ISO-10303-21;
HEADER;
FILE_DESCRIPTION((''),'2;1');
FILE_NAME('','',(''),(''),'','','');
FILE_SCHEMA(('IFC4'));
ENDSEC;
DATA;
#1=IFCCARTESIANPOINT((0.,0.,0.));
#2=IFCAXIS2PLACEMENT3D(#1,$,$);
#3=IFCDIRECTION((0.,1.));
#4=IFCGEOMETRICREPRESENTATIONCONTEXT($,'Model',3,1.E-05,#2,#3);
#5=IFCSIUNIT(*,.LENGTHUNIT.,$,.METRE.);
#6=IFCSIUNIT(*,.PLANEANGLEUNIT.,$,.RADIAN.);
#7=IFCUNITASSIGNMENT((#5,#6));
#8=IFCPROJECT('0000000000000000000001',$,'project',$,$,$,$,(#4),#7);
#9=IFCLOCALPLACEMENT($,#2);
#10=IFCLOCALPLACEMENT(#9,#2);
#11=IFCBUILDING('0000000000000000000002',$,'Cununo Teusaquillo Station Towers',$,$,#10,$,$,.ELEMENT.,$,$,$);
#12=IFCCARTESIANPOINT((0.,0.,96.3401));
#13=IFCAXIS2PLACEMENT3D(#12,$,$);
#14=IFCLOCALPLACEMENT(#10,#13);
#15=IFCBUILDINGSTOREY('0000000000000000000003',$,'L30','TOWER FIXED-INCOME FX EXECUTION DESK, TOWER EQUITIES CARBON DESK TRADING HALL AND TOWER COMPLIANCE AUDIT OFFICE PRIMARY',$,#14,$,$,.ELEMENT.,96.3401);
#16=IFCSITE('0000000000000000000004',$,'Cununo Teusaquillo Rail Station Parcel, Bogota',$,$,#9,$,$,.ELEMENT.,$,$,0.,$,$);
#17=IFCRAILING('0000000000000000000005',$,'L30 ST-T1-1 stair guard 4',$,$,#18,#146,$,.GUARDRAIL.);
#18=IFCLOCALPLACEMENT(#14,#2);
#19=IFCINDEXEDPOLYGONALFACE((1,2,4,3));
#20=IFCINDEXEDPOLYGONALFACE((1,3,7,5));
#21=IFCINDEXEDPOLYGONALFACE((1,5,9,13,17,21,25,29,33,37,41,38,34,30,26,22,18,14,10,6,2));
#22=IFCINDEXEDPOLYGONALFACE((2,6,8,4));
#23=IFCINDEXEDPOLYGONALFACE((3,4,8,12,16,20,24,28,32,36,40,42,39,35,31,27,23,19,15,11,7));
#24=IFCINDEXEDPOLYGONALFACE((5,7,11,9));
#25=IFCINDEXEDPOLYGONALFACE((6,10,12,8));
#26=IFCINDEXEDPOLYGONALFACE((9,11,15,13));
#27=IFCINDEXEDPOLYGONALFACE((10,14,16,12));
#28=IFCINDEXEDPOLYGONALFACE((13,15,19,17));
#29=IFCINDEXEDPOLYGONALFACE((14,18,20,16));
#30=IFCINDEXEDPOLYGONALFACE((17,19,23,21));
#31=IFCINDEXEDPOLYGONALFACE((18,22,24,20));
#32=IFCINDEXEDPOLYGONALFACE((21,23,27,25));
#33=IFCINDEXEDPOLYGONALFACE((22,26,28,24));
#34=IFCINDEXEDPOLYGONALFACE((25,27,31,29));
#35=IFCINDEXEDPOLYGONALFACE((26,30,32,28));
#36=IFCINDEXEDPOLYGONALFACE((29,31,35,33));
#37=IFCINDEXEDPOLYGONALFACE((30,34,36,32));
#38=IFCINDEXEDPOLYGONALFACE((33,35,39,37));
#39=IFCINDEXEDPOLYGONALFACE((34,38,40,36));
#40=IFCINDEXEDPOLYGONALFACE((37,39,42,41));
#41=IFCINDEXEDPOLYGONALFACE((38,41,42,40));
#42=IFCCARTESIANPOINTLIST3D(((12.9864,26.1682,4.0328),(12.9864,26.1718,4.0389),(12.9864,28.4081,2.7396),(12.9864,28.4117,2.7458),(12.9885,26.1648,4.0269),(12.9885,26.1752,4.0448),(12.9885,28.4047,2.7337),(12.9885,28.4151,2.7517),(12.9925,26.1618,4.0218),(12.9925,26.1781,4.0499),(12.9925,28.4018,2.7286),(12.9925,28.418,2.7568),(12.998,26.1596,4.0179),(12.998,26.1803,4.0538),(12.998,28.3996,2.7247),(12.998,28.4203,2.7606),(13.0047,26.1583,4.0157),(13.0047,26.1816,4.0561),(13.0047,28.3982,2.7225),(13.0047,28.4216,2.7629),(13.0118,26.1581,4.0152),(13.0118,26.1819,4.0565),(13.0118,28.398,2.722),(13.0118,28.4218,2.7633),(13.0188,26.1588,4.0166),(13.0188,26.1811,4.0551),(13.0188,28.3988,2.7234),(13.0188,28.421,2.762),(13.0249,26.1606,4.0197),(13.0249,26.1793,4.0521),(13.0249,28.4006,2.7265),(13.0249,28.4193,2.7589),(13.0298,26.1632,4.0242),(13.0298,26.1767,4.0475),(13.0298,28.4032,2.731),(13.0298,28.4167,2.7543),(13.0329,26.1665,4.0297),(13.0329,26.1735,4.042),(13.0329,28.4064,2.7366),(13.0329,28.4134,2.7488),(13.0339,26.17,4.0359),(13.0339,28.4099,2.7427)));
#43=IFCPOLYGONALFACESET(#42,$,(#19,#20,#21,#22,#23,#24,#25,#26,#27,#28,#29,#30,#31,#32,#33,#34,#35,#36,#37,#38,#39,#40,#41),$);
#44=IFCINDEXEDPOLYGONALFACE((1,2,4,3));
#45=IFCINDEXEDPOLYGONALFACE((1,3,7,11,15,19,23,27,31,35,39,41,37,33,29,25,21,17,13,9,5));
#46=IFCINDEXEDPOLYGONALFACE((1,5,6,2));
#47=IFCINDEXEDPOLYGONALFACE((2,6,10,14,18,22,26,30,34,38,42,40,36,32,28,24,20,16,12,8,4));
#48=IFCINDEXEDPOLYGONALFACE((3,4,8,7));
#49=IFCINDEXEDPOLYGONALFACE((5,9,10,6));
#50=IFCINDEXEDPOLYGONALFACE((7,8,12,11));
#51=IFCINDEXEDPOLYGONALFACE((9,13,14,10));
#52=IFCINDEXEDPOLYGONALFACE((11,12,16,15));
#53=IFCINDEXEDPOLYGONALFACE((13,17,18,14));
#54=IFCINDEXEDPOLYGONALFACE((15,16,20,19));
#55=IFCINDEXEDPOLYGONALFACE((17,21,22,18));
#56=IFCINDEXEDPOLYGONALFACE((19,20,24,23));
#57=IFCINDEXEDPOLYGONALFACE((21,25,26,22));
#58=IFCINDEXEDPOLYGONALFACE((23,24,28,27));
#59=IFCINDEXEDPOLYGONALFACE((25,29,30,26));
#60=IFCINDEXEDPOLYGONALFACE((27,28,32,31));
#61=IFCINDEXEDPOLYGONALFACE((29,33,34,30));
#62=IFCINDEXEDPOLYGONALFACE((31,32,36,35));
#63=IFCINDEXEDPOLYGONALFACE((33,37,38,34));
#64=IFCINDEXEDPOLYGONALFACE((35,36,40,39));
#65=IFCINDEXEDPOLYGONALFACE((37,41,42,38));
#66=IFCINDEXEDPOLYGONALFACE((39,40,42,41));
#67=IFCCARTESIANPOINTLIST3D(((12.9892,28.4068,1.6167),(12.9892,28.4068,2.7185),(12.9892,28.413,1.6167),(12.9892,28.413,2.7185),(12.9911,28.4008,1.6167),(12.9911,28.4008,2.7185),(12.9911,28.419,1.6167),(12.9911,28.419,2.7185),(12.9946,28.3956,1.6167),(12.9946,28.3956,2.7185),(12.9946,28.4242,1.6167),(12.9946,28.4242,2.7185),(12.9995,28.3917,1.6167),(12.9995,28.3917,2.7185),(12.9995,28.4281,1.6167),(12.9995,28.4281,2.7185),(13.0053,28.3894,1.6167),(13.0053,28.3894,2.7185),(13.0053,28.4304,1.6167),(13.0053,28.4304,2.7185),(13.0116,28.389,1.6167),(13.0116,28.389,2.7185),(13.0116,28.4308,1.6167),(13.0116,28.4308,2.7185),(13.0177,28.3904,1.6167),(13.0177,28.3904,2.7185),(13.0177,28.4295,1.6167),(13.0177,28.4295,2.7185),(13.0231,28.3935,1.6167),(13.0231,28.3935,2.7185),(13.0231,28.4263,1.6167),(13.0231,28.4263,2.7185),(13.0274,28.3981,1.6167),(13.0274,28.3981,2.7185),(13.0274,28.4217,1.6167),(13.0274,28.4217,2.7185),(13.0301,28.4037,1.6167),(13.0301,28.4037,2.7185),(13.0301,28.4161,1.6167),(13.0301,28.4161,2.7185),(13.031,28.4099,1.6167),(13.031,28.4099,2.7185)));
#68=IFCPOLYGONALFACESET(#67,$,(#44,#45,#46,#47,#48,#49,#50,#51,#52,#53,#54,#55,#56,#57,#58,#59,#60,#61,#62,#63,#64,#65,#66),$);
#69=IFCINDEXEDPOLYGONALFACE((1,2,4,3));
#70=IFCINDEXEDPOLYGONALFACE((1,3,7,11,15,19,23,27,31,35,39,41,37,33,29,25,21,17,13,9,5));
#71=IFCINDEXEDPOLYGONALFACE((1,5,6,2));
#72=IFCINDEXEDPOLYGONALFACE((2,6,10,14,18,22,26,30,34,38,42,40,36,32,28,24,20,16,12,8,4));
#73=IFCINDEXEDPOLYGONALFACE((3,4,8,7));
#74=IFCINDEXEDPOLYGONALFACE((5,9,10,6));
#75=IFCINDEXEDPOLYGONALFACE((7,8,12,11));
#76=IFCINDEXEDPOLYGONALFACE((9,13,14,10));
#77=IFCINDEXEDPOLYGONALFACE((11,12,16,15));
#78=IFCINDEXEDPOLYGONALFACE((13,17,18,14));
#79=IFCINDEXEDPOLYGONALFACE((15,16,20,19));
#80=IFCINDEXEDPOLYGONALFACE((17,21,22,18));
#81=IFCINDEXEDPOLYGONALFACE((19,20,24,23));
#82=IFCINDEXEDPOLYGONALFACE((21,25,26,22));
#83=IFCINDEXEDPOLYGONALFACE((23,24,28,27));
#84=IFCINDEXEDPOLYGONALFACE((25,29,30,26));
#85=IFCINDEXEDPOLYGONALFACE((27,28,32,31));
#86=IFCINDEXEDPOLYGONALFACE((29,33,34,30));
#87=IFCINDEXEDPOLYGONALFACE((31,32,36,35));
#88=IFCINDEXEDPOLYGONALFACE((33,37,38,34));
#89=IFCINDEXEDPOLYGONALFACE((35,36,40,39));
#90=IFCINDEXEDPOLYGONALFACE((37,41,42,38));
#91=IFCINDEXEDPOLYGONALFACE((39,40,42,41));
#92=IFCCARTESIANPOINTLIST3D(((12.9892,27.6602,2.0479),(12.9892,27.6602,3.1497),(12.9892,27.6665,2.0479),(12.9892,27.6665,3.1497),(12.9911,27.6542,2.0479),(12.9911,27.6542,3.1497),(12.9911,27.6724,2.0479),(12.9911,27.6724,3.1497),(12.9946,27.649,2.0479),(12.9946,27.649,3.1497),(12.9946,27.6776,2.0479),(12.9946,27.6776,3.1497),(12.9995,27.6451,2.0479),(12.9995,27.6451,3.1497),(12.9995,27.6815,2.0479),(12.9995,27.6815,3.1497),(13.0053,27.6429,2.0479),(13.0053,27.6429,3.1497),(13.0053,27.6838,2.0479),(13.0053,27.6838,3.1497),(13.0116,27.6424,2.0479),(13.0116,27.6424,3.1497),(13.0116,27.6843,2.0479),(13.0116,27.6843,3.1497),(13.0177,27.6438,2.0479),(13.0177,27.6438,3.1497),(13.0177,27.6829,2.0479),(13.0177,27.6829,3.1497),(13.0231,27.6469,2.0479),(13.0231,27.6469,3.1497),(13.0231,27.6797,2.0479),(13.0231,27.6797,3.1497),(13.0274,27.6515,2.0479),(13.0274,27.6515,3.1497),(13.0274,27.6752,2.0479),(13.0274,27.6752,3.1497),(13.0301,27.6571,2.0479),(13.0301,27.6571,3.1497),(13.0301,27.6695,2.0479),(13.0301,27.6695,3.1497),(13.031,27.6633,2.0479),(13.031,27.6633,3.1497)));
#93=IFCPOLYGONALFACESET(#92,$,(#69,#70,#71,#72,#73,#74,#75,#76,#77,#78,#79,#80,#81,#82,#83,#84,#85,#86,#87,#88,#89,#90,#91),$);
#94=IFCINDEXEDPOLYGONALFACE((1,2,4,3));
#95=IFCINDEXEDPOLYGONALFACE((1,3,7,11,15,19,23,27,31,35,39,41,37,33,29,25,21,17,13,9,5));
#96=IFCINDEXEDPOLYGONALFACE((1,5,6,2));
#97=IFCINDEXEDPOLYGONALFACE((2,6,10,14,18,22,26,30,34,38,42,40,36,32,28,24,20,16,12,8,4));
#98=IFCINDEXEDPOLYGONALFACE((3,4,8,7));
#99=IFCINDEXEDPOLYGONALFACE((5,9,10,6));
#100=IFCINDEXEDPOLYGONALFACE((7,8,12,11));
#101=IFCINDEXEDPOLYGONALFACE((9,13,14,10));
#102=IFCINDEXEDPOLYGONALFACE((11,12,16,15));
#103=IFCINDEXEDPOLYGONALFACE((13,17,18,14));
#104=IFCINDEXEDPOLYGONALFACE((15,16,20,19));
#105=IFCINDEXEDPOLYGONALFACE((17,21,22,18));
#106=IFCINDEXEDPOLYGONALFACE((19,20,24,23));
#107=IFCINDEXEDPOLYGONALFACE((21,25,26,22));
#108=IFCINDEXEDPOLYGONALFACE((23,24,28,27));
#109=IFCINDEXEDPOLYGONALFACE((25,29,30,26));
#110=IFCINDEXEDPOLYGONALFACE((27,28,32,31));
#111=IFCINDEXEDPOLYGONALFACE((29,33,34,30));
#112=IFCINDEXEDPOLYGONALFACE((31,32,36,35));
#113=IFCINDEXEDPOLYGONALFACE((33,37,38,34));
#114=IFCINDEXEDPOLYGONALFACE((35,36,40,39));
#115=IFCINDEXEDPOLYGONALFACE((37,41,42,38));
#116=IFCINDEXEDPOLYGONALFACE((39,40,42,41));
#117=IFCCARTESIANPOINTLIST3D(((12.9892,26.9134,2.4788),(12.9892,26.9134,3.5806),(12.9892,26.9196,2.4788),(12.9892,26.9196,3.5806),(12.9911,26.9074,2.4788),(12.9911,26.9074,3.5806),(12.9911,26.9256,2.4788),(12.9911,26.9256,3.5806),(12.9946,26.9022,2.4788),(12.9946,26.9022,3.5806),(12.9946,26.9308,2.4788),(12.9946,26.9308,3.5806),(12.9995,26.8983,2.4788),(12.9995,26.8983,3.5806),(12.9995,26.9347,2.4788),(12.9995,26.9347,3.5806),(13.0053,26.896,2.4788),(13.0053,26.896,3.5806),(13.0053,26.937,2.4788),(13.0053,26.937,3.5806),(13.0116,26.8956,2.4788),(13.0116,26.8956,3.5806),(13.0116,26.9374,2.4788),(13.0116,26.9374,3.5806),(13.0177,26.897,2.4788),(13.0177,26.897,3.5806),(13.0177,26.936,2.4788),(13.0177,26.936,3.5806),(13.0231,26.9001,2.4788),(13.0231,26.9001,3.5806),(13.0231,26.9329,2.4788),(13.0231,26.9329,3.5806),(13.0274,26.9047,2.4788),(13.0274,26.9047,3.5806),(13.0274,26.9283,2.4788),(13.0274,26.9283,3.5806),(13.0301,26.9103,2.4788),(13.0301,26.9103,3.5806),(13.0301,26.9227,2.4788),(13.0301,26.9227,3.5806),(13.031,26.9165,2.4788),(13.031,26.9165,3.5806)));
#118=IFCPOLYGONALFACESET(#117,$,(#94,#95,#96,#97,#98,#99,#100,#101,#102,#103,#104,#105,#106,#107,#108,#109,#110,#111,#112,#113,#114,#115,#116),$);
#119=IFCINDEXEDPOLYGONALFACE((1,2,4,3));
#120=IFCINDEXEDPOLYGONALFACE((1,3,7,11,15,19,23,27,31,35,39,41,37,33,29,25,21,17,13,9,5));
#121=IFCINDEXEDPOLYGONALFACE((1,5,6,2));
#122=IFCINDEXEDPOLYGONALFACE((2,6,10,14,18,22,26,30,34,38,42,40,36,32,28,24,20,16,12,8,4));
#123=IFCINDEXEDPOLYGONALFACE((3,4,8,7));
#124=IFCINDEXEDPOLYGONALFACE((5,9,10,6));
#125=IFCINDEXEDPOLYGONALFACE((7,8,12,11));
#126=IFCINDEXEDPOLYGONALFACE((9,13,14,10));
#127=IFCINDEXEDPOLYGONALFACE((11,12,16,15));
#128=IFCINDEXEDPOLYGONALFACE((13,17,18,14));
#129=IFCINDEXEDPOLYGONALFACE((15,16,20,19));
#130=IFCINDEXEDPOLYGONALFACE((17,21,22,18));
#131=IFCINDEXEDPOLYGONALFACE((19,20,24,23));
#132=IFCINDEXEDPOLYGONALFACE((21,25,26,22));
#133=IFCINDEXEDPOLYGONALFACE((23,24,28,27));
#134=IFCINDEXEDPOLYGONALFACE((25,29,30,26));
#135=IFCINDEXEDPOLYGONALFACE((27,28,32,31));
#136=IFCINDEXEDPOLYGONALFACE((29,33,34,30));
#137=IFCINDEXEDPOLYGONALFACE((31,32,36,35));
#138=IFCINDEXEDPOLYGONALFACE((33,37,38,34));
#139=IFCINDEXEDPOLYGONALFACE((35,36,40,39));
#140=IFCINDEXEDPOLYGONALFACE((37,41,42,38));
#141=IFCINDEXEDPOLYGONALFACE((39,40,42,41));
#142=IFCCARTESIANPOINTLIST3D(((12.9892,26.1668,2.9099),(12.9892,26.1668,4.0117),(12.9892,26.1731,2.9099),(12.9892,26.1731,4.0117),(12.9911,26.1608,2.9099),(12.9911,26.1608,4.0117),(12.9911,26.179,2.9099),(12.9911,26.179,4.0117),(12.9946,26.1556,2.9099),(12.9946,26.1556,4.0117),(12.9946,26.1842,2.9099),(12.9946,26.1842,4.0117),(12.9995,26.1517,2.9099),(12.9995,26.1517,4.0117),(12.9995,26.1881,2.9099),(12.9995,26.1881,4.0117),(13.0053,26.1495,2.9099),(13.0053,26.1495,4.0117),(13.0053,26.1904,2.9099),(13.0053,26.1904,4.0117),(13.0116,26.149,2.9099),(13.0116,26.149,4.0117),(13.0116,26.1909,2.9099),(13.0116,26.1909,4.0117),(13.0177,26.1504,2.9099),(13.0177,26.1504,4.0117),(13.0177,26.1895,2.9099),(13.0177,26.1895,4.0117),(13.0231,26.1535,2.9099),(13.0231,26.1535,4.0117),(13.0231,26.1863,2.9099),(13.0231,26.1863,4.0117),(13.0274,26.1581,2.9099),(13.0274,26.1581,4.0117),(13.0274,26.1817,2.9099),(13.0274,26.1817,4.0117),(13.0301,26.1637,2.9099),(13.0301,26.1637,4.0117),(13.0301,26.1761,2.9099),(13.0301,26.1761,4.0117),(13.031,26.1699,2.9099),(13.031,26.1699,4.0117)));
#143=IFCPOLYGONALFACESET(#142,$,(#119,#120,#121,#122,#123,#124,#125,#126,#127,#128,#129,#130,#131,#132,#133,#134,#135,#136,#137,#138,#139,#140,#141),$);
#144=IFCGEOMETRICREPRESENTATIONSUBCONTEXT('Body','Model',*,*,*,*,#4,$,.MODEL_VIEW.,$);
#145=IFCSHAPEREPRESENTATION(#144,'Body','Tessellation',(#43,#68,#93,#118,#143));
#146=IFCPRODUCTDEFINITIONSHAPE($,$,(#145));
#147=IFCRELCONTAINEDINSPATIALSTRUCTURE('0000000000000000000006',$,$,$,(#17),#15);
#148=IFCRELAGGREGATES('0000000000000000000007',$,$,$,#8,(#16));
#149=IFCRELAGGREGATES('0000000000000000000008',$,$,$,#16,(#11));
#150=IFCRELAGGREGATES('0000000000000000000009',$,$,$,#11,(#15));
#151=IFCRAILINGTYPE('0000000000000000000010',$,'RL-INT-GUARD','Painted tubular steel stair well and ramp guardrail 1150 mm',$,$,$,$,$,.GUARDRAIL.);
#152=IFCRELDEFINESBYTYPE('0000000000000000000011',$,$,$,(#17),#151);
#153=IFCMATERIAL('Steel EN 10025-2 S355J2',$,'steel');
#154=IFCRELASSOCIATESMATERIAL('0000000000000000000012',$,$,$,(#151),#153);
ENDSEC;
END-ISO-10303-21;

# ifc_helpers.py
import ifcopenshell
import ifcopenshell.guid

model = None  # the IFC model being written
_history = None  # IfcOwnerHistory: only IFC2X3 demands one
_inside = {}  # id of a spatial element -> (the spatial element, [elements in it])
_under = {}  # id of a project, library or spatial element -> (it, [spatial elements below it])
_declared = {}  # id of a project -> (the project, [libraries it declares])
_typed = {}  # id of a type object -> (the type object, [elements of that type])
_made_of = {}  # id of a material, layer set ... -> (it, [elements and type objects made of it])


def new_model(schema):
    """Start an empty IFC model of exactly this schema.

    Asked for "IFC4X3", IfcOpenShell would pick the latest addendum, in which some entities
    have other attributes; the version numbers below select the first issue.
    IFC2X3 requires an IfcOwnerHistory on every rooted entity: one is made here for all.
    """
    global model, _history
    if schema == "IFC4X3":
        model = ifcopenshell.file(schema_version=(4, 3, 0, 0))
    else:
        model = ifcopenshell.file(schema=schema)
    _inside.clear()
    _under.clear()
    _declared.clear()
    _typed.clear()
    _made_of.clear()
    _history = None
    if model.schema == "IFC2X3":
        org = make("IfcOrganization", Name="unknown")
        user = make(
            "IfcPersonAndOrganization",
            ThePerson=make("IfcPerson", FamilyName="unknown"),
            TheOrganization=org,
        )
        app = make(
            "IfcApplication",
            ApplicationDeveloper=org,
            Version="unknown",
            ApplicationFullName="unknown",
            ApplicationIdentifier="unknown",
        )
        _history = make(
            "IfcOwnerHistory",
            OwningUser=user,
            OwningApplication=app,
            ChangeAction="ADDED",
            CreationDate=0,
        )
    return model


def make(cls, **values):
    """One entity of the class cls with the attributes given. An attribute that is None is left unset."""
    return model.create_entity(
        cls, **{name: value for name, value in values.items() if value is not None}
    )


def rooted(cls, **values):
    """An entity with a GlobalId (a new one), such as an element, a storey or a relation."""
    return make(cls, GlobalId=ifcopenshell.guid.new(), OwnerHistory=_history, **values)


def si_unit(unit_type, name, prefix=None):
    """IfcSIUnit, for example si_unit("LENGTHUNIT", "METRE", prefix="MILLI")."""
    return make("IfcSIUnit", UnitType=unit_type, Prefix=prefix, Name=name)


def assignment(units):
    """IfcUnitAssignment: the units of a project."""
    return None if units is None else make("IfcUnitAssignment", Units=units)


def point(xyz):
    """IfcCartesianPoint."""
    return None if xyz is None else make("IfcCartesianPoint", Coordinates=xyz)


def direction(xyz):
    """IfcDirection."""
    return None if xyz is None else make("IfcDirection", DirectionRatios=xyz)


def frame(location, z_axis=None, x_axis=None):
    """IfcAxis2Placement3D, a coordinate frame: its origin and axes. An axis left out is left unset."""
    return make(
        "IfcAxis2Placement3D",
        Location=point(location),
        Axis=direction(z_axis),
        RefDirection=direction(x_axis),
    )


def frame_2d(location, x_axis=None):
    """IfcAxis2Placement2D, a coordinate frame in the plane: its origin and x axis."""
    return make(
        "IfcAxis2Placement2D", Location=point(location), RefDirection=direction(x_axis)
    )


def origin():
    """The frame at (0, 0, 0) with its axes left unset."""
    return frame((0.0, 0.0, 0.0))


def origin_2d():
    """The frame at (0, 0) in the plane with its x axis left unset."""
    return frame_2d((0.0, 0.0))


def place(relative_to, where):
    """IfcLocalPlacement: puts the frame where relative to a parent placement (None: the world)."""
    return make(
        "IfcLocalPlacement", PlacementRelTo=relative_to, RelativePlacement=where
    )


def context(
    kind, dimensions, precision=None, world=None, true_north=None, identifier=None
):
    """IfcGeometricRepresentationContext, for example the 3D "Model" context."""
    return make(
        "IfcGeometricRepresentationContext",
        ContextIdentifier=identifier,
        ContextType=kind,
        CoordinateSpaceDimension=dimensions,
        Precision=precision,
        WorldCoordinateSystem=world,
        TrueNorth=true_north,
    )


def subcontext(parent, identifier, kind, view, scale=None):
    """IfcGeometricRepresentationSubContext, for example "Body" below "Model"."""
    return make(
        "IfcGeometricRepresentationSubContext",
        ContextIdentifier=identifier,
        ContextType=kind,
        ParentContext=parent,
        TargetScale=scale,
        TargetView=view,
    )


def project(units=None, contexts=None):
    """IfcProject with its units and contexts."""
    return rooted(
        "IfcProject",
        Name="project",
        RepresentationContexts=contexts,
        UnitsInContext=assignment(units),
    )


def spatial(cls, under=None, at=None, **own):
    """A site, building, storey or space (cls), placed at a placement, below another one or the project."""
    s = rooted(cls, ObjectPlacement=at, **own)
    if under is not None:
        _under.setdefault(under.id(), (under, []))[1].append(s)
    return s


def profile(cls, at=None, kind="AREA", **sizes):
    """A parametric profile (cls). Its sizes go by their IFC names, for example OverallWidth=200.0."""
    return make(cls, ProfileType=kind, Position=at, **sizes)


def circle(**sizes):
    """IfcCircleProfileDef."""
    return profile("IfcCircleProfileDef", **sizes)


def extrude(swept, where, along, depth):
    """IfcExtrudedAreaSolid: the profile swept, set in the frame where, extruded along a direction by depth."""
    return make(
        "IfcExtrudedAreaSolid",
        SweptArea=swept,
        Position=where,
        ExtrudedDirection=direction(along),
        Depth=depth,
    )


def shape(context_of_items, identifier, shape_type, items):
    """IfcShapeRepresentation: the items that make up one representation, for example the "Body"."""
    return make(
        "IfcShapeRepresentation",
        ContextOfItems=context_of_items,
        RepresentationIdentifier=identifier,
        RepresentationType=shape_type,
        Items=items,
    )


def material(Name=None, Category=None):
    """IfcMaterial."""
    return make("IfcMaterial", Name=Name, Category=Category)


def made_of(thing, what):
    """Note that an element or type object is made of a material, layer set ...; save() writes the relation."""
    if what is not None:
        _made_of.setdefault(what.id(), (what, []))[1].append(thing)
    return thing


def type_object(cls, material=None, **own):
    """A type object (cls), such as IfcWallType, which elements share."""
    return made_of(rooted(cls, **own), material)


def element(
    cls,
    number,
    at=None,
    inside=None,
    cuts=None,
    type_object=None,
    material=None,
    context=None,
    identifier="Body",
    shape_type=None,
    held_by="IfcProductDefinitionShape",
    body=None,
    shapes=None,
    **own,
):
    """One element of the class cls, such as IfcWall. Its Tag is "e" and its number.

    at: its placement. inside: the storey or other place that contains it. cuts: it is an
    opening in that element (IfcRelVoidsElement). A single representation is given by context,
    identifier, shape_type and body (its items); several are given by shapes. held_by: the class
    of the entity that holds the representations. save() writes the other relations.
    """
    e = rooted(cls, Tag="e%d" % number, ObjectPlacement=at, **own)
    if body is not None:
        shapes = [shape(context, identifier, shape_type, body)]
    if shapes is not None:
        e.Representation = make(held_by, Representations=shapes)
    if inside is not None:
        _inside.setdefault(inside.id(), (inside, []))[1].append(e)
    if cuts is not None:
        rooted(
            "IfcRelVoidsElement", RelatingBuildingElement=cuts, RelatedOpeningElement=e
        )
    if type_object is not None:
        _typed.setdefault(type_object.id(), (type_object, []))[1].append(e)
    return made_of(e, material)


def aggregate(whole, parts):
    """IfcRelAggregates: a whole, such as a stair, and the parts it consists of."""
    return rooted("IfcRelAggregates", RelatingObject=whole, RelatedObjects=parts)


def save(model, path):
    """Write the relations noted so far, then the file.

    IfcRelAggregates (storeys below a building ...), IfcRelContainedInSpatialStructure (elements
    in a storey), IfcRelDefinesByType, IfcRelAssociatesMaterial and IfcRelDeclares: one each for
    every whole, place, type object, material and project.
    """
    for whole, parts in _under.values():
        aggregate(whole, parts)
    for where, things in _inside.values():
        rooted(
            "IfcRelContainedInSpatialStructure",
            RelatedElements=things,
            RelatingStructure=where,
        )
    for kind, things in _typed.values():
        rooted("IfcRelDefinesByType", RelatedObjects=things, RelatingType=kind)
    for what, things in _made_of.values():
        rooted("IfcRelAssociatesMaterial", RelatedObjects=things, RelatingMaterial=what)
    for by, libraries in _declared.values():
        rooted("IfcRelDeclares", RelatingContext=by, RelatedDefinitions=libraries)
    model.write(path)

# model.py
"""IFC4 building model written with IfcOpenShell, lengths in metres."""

from ifc_helpers import new_model, si_unit, direction, frame, origin, origin_2d, place, context, subcontext, project, spatial, circle, extrude, material, type_object, element, save


model = new_model("IFC4")

# Units and contexts
model_context = context("Model", 3, precision=1e-05, world=origin(), true_north=direction((0.0, 1.0)))
body_context = subcontext(model_context, "Body", "Model", "MODEL_VIEW")
ifc_project = project(units=[si_unit("LENGTHUNIT", "METRE"), si_unit("PLANEANGLEUNIT", "RADIAN")], contexts=[model_context])

# Site, building, storey
site_placement = place(None, origin())
site = spatial("IfcSite", under=ifc_project, at=site_placement, Name="Cununo Teusaquillo Rail Station Parcel, Bogota", CompositionType="ELEMENT", RefElevation=0.0)
building_placement = place(site_placement, origin())
building = spatial("IfcBuilding", under=site, at=building_placement, Name="Cununo Teusaquillo Station Towers", CompositionType="ELEMENT")
storey_placement = place(building_placement, frame((0.0, 0.0, 96.3401)))
storey = spatial("IfcBuildingStorey", under=building, at=storey_placement, Name="L30", Description="TOWER FIXED-INCOME FX EXECUTION DESK, TOWER EQUITIES CARBON DESK TRADING HALL AND TOWER COMPLIANCE AUDIT OFFICE PRIMARY", CompositionType="ELEMENT", Elevation=96.3401)

# Railing
ifc_material_1 = material(Name="Steel EN 10025-2 S355J2", Category="steel")
railing_type_1 = type_object("IfcRailingType", Name="RL-INT-GUARD", Description="Painted tubular steel stair well and ramp guardrail 1150 mm", PredefinedType="GUARDRAIL", material=ifc_material_1)
railing_1_placement = place(storey_placement, frame((13.01, 28.4099, 1.6167)))
element("IfcRailing", 1, at=railing_1_placement, inside=storey, type_object=railing_type_1, Name="L30 ST-T1-1 stair guard 4", PredefinedType="GUARDRAIL", context=body_context, shape_type="SweptSolid", body=[
    extrude(circle(Radius=0.0239, at=origin_2d()), frame((0.0, 0.0, 1.126), z_axis=(0.0, -0.866033, 0.499987), x_axis=(1.0, 0.0, 0.0)), (0.0, 0.0, 1.0), 2.5864),
    extrude(circle(Radius=0.021, at=origin_2d()), origin(), (0.0, 0.0, 1.0), 1.1018),
    extrude(circle(Radius=0.021, at=origin_2d()), frame((0.0, -0.7466, 0.4312)), (0.0, 0.0, 1.0), 1.1018),
    extrude(circle(Radius=0.021, at=origin_2d()), frame((0.0, -1.4934, 0.8621)), (0.0, 0.0, 1.0), 1.1018),
    extrude(circle(Radius=0.021, at=origin_2d()), frame((0.0, -2.24, 1.2932)), (0.0, 0.0, 1.0), 1.1018),
])

save(model, "model.ifc")
